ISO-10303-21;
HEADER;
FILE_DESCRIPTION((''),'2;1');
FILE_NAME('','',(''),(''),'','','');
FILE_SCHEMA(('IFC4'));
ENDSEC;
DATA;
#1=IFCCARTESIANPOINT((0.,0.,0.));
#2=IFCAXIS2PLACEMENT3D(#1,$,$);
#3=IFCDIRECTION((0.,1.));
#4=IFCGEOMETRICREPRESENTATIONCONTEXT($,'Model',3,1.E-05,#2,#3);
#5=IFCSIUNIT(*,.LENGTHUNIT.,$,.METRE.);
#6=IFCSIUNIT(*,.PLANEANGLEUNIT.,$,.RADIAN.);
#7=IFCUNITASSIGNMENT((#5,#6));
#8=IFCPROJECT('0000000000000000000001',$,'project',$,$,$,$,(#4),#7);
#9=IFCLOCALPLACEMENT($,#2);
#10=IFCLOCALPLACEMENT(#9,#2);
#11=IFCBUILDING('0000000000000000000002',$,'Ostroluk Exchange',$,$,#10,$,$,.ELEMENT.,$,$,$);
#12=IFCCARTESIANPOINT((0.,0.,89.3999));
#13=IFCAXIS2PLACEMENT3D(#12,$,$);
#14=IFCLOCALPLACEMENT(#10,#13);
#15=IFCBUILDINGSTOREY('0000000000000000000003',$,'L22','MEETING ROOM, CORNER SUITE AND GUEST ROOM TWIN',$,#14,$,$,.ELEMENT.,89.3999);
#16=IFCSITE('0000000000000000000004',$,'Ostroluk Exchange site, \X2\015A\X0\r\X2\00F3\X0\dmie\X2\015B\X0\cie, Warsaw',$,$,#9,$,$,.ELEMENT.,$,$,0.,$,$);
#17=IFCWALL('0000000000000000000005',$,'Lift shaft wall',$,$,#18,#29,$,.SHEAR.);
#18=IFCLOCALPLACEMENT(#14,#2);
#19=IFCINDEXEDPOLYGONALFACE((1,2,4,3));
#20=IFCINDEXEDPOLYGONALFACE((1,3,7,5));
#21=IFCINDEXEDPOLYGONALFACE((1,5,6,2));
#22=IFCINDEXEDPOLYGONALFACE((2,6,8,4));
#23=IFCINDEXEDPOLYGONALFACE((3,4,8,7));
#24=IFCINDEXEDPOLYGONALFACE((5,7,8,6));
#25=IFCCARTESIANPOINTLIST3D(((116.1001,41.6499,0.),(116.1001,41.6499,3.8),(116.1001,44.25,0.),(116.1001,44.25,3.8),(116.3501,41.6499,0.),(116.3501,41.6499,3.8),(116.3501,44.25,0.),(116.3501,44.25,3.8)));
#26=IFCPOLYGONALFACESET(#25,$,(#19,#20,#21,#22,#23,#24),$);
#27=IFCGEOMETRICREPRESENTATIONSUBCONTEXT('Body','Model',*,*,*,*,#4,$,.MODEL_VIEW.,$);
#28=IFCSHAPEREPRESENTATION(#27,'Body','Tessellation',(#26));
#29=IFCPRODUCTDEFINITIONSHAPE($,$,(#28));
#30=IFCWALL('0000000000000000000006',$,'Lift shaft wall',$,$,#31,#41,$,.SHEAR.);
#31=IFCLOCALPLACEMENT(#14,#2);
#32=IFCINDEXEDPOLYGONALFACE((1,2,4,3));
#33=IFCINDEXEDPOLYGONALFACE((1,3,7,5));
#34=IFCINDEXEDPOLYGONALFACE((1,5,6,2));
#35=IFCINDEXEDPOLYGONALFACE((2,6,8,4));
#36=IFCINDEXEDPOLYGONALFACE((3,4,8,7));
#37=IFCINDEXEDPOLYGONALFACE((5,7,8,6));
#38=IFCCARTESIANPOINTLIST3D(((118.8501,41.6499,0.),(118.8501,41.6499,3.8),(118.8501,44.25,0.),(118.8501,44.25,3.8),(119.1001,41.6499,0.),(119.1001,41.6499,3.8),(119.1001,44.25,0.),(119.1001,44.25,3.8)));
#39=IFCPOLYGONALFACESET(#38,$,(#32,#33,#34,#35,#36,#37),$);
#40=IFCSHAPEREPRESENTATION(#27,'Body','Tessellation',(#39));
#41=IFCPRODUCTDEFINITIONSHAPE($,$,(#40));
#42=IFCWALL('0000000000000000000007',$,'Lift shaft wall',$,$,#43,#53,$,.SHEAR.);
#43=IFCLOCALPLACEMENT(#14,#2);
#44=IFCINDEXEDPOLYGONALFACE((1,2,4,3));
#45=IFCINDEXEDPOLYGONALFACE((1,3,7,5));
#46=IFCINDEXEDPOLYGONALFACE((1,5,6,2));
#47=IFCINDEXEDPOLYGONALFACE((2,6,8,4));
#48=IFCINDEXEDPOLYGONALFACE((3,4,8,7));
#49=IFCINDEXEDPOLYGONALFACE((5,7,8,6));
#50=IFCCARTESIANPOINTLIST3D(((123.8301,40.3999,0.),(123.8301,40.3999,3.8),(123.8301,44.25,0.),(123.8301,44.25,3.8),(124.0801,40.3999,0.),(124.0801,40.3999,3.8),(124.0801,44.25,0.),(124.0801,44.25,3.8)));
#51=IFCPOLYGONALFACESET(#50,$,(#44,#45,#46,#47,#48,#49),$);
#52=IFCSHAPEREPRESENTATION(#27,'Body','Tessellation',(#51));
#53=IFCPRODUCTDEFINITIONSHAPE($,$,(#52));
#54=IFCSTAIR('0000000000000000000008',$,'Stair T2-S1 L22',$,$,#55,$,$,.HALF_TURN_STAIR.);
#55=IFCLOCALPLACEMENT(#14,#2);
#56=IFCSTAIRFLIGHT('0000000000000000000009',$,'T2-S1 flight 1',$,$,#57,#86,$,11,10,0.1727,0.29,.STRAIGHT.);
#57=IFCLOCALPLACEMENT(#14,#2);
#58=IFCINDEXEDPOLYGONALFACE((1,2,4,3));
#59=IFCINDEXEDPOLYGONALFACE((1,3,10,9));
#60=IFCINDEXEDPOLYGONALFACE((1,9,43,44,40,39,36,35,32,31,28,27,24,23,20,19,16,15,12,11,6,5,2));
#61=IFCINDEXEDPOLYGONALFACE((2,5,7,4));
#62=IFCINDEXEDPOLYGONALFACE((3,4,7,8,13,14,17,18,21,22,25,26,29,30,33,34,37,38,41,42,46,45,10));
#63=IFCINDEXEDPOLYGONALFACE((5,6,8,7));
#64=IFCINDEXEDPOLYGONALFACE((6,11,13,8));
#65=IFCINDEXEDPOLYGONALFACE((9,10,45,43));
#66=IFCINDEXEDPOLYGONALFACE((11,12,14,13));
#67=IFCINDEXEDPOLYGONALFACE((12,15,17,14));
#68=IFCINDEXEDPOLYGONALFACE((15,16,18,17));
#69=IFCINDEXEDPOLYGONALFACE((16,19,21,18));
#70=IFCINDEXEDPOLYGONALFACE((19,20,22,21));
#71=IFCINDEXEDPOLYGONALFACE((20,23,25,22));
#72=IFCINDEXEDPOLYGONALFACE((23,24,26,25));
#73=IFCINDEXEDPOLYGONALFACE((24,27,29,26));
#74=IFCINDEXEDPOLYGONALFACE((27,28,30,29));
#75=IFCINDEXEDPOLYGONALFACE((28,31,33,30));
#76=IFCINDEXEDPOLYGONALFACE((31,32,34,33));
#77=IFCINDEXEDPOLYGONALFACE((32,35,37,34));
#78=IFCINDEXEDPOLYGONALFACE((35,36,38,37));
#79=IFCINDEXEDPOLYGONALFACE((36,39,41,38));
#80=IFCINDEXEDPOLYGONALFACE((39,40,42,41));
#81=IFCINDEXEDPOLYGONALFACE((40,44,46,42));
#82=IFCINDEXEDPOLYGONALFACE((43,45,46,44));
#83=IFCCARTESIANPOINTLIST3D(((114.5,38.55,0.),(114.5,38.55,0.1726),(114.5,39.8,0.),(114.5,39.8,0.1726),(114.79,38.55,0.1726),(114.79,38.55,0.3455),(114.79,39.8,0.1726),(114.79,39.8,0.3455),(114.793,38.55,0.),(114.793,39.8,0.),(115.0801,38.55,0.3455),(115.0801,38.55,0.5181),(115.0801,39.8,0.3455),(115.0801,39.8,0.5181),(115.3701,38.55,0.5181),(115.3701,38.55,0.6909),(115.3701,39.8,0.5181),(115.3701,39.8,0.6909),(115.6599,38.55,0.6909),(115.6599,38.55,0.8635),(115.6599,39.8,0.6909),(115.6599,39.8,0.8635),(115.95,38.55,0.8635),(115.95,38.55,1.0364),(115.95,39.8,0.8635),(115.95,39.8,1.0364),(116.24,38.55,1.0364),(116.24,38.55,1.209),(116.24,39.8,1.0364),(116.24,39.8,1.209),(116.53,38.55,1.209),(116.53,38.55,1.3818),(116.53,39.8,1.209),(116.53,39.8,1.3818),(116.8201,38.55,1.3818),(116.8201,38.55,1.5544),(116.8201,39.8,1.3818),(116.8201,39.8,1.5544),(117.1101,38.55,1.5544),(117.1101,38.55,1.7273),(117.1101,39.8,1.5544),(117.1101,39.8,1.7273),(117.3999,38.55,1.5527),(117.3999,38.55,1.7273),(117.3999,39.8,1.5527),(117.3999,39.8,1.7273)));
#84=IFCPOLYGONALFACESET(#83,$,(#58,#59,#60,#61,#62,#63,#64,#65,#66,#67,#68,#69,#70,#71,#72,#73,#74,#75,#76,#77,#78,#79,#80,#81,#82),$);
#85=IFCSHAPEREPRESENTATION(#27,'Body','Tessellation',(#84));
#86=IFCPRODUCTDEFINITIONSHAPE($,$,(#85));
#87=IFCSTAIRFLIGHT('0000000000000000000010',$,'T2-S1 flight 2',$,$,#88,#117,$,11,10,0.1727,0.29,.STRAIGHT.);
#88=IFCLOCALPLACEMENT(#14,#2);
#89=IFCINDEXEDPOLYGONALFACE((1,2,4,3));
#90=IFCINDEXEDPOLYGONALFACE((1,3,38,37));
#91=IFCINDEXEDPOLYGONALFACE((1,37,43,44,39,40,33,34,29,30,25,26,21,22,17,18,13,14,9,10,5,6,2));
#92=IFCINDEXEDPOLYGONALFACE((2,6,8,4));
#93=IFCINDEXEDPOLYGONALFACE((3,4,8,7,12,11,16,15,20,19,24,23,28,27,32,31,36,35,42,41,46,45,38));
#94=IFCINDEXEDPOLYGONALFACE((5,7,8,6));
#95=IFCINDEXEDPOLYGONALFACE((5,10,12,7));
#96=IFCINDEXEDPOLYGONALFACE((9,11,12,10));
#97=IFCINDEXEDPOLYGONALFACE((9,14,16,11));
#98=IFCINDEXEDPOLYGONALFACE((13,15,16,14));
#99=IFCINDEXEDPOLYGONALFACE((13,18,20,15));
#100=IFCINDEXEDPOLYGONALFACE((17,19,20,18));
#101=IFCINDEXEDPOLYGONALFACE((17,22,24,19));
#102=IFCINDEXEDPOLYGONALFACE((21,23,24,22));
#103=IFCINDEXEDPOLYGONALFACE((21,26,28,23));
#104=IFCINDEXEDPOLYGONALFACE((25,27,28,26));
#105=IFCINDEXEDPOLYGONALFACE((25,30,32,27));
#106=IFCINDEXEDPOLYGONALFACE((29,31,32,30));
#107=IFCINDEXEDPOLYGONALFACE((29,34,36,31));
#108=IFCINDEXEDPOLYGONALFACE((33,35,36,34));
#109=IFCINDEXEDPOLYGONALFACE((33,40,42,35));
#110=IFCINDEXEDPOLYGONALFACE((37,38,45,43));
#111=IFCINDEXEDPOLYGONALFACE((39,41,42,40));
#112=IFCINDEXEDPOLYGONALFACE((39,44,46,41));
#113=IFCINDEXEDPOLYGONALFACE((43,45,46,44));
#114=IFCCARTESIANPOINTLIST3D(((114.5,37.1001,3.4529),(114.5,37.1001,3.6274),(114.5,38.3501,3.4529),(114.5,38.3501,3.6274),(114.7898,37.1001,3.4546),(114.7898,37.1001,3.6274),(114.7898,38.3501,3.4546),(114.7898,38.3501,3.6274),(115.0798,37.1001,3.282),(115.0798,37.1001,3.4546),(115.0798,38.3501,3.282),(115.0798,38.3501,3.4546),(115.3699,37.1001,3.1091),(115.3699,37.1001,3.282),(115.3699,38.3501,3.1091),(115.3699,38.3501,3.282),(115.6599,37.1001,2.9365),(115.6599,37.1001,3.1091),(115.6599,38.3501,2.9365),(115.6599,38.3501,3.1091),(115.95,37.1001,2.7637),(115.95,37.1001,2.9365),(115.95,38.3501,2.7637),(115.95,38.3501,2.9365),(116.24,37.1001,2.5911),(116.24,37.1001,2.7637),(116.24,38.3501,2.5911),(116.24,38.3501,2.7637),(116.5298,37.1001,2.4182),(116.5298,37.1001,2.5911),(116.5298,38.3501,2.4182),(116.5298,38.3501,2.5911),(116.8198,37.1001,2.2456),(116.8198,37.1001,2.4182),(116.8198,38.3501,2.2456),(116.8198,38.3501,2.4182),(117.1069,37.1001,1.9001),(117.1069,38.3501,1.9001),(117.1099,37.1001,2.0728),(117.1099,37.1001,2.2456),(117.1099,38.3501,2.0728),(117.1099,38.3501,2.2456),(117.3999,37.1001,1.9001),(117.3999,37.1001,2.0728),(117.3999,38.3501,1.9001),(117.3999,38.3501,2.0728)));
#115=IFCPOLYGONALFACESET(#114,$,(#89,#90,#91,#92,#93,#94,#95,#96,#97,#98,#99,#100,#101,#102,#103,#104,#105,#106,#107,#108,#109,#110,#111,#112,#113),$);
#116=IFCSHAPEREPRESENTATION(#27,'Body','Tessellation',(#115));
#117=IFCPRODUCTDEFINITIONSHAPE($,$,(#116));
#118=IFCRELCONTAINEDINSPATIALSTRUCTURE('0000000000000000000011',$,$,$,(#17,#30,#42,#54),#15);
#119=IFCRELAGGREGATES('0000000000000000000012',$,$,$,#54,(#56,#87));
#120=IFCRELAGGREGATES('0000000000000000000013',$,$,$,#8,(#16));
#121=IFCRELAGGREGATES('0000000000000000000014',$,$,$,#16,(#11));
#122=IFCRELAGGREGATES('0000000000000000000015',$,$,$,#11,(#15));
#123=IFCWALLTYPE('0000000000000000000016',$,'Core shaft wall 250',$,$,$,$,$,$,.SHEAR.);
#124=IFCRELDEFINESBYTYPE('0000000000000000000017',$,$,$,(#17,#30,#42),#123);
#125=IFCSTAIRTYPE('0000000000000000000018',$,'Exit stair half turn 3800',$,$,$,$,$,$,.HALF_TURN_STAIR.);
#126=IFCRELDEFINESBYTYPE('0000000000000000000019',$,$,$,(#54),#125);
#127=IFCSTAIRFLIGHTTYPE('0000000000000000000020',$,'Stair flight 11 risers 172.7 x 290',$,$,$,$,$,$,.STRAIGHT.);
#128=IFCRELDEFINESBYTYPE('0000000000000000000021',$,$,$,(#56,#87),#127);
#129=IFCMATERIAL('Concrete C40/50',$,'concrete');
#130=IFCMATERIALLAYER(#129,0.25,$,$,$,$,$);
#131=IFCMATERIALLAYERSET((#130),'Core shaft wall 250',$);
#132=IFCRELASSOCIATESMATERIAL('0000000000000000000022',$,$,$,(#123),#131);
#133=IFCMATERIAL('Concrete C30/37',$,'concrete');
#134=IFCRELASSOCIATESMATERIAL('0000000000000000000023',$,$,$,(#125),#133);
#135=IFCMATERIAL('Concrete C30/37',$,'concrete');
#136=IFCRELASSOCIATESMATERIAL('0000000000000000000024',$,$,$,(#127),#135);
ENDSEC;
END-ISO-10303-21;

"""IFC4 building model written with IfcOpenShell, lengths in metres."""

from ifc_helpers import new_model, si_unit, direction, frame, frame_2d, origin, place, context, subcontext, project, spatial, polyline, rectangle, outline, extrude, material, layer, layer_set, type_object, element, aggregate, save


model = new_model("IFC4")

# Units and contexts
model_context = context("Model", 3, precision=1e-05, world=origin(), true_north=direction((0.0, 1.0)))
body_context = subcontext(model_context, "Body", "Model", "MODEL_VIEW")
ifc_project = project(units=[si_unit("LENGTHUNIT", "METRE"), si_unit("PLANEANGLEUNIT", "RADIAN")], contexts=[model_context])

# Site, building, storey
site_placement = place(None, origin())
site = spatial("IfcSite", under=ifc_project, at=site_placement, Name="Ostroluk Exchange site, Śródmieście, Warsaw", CompositionType="ELEMENT", RefElevation=0.0)
building_placement = place(site_placement, origin())
building = spatial("IfcBuilding", under=site, at=building_placement, Name="Ostroluk Exchange", CompositionType="ELEMENT")
storey_placement = place(building_placement, frame((0.0, 0.0, 89.3999)))
storey = spatial("IfcBuildingStorey", under=building, at=storey_placement, Name="L22", Description="MEETING ROOM, CORNER SUITE AND GUEST ROOM TWIN", CompositionType="ELEMENT", Elevation=89.3999)

# Shared definitions
ifc_material_1 = material(Name="Concrete C40/50", Category="concrete")
ifc_layer_1 = layer(ifc_material_1, 0.25)
ifc_layer_set_1 = layer_set([ifc_layer_1], Name="Core shaft wall 250")
wall_type_1 = type_object("IfcWallType", Name="Core shaft wall 250", PredefinedType="SHEAR", material=ifc_layer_set_1)

# Walls
for number, where, z_axis, x_axis, name in (
    (1, (116.2251, 44.25, 0.0), (0.0, 0.0, 1.0), (0.0, -1.0, 0.0), "Lift shaft wall"),
    (2, (118.9751, 44.25, 0.0), (0.0, 0.0, 1.0), (0.0, -1.0, 0.0), "Lift shaft wall"),
):
    element("IfcWall", number, at=place(storey_placement, frame(where, z_axis=z_axis, x_axis=x_axis)), inside=storey, type_object=wall_type_1, Name=name, PredefinedType="SHEAR", context=body_context, shape_type="SweptSolid", body=[
        extrude(rectangle(XDim=2.6001, YDim=0.25, at=frame_2d((1.3, 0.0))), origin(), (0.0, 0.0, 1.0), 3.8),
    ])
wall_1_placement = place(storey_placement, frame((123.9551, 44.25, 0.0), z_axis=(0.0, 0.0, 1.0), x_axis=(0.0, -1.0, 0.0)))
element("IfcWall", 3, at=wall_1_placement, inside=storey, type_object=wall_type_1, Name="Lift shaft wall", PredefinedType="SHEAR", context=body_context, shape_type="SweptSolid", body=[
    extrude(rectangle(XDim=3.8501, YDim=0.25, at=frame_2d((1.925, 0.0))), origin(), (0.0, 0.0, 1.0), 3.8),
])

# Stair, stair flights
ifc_material_2 = material(Name="Concrete C30/37", Category="concrete")
stair_type = type_object("IfcStairType", Name="Exit stair half turn 3800", PredefinedType="HALF_TURN_STAIR", material=ifc_material_2)
stair_placement = place(storey_placement, origin())
stair = element("IfcStair", 4, at=stair_placement, inside=storey, type_object=stair_type, Name="Stair T2-S1 L22", PredefinedType="HALF_TURN_STAIR")
ifc_material_3 = material(Name="Concrete C30/37", Category="concrete")
stair_flight_type = type_object("IfcStairFlightType", Name="Stair flight 11 risers 172.7 x 290", PredefinedType="STRAIGHT", material=ifc_material_3)
stair_flight_1_placement = place(storey_placement, frame((114.5, 39.175, 0.0), z_axis=(0.0, 0.0, 1.0), x_axis=(1.0, 0.0, 0.0)))
stair_flight_1 = element("IfcStairFlight", 5, at=stair_flight_1_placement, type_object=stair_flight_type, Name="T2-S1 flight 1", NumberOfRisers=11, NumberOfTreads=10, PredefinedType="STRAIGHT", RiserHeight=0.1727, TreadLength=0.29, context=body_context, shape_type="SweptSolid", body=[
    extrude(outline(polyline([(0.0, 0.0), (0.0, 0.1726), (0.29, 0.1726), (0.29, 0.3455), (0.5801, 0.3455), (0.5801, 0.5181), (0.8701, 0.5181), (0.8701, 0.6909), (1.1599, 0.6909), (1.1599, 0.8635), (1.45, 0.8635), (1.45, 1.0364), (1.74, 1.0364), (1.74, 1.209), (2.03, 1.209), (2.03, 1.3818), (2.3201, 1.3818), (2.3201, 1.5544), (2.6101, 1.5544), (2.6101, 1.7273), (2.8999, 1.7273), (2.8999, 1.8999), (2.8999, 1.5527), (0.293, 0.0), (0.0, 0.0)])), frame((0.0, 0.625, 0.0), z_axis=(0.0, -1.0, 0.0), x_axis=(1.0, 0.0, 0.0)), (0.0, 0.0, 1.0), 1.25),
])
stair_flight_2_placement = place(storey_placement, frame((117.3999, 37.7251, 1.9001), z_axis=(0.0, 0.0, 1.0), x_axis=(-1.0, 0.0, 0.0)))
stair_flight_2 = element("IfcStairFlight", 6, at=stair_flight_2_placement, type_object=stair_flight_type, Name="T2-S1 flight 2", NumberOfRisers=11, NumberOfTreads=10, PredefinedType="STRAIGHT", RiserHeight=0.1727, TreadLength=0.29, context=body_context, shape_type="SweptSolid", body=[
    extrude(outline(polyline([(0.0, 0.0), (0.0, 0.1726), (0.29, 0.1726), (0.29, 0.3455), (0.5801, 0.3455), (0.5801, 0.5181), (0.8701, 0.5181), (0.8701, 0.6909), (1.1599, 0.6909), (1.1599, 0.8635), (1.45, 0.8635), (1.45, 1.0364), (1.74, 1.0364), (1.74, 1.209), (2.03, 1.209), (2.03, 1.3818), (2.3201, 1.3818), (2.3201, 1.5544), (2.6101, 1.5544), (2.6101, 1.7273), (2.8999, 1.7273), (2.8999, 1.8999), (2.8999, 1.5527), (0.293, 0.0), (0.0, 0.0)])), frame((0.0, 0.625, 0.0), z_axis=(0.0, -1.0, 0.0), x_axis=(1.0, 0.0, 0.0)), (0.0, 0.0, 1.0), 1.25),
])
aggregate(stair, [stair_flight_1, stair_flight_2])

save(model, "model.ifc")
